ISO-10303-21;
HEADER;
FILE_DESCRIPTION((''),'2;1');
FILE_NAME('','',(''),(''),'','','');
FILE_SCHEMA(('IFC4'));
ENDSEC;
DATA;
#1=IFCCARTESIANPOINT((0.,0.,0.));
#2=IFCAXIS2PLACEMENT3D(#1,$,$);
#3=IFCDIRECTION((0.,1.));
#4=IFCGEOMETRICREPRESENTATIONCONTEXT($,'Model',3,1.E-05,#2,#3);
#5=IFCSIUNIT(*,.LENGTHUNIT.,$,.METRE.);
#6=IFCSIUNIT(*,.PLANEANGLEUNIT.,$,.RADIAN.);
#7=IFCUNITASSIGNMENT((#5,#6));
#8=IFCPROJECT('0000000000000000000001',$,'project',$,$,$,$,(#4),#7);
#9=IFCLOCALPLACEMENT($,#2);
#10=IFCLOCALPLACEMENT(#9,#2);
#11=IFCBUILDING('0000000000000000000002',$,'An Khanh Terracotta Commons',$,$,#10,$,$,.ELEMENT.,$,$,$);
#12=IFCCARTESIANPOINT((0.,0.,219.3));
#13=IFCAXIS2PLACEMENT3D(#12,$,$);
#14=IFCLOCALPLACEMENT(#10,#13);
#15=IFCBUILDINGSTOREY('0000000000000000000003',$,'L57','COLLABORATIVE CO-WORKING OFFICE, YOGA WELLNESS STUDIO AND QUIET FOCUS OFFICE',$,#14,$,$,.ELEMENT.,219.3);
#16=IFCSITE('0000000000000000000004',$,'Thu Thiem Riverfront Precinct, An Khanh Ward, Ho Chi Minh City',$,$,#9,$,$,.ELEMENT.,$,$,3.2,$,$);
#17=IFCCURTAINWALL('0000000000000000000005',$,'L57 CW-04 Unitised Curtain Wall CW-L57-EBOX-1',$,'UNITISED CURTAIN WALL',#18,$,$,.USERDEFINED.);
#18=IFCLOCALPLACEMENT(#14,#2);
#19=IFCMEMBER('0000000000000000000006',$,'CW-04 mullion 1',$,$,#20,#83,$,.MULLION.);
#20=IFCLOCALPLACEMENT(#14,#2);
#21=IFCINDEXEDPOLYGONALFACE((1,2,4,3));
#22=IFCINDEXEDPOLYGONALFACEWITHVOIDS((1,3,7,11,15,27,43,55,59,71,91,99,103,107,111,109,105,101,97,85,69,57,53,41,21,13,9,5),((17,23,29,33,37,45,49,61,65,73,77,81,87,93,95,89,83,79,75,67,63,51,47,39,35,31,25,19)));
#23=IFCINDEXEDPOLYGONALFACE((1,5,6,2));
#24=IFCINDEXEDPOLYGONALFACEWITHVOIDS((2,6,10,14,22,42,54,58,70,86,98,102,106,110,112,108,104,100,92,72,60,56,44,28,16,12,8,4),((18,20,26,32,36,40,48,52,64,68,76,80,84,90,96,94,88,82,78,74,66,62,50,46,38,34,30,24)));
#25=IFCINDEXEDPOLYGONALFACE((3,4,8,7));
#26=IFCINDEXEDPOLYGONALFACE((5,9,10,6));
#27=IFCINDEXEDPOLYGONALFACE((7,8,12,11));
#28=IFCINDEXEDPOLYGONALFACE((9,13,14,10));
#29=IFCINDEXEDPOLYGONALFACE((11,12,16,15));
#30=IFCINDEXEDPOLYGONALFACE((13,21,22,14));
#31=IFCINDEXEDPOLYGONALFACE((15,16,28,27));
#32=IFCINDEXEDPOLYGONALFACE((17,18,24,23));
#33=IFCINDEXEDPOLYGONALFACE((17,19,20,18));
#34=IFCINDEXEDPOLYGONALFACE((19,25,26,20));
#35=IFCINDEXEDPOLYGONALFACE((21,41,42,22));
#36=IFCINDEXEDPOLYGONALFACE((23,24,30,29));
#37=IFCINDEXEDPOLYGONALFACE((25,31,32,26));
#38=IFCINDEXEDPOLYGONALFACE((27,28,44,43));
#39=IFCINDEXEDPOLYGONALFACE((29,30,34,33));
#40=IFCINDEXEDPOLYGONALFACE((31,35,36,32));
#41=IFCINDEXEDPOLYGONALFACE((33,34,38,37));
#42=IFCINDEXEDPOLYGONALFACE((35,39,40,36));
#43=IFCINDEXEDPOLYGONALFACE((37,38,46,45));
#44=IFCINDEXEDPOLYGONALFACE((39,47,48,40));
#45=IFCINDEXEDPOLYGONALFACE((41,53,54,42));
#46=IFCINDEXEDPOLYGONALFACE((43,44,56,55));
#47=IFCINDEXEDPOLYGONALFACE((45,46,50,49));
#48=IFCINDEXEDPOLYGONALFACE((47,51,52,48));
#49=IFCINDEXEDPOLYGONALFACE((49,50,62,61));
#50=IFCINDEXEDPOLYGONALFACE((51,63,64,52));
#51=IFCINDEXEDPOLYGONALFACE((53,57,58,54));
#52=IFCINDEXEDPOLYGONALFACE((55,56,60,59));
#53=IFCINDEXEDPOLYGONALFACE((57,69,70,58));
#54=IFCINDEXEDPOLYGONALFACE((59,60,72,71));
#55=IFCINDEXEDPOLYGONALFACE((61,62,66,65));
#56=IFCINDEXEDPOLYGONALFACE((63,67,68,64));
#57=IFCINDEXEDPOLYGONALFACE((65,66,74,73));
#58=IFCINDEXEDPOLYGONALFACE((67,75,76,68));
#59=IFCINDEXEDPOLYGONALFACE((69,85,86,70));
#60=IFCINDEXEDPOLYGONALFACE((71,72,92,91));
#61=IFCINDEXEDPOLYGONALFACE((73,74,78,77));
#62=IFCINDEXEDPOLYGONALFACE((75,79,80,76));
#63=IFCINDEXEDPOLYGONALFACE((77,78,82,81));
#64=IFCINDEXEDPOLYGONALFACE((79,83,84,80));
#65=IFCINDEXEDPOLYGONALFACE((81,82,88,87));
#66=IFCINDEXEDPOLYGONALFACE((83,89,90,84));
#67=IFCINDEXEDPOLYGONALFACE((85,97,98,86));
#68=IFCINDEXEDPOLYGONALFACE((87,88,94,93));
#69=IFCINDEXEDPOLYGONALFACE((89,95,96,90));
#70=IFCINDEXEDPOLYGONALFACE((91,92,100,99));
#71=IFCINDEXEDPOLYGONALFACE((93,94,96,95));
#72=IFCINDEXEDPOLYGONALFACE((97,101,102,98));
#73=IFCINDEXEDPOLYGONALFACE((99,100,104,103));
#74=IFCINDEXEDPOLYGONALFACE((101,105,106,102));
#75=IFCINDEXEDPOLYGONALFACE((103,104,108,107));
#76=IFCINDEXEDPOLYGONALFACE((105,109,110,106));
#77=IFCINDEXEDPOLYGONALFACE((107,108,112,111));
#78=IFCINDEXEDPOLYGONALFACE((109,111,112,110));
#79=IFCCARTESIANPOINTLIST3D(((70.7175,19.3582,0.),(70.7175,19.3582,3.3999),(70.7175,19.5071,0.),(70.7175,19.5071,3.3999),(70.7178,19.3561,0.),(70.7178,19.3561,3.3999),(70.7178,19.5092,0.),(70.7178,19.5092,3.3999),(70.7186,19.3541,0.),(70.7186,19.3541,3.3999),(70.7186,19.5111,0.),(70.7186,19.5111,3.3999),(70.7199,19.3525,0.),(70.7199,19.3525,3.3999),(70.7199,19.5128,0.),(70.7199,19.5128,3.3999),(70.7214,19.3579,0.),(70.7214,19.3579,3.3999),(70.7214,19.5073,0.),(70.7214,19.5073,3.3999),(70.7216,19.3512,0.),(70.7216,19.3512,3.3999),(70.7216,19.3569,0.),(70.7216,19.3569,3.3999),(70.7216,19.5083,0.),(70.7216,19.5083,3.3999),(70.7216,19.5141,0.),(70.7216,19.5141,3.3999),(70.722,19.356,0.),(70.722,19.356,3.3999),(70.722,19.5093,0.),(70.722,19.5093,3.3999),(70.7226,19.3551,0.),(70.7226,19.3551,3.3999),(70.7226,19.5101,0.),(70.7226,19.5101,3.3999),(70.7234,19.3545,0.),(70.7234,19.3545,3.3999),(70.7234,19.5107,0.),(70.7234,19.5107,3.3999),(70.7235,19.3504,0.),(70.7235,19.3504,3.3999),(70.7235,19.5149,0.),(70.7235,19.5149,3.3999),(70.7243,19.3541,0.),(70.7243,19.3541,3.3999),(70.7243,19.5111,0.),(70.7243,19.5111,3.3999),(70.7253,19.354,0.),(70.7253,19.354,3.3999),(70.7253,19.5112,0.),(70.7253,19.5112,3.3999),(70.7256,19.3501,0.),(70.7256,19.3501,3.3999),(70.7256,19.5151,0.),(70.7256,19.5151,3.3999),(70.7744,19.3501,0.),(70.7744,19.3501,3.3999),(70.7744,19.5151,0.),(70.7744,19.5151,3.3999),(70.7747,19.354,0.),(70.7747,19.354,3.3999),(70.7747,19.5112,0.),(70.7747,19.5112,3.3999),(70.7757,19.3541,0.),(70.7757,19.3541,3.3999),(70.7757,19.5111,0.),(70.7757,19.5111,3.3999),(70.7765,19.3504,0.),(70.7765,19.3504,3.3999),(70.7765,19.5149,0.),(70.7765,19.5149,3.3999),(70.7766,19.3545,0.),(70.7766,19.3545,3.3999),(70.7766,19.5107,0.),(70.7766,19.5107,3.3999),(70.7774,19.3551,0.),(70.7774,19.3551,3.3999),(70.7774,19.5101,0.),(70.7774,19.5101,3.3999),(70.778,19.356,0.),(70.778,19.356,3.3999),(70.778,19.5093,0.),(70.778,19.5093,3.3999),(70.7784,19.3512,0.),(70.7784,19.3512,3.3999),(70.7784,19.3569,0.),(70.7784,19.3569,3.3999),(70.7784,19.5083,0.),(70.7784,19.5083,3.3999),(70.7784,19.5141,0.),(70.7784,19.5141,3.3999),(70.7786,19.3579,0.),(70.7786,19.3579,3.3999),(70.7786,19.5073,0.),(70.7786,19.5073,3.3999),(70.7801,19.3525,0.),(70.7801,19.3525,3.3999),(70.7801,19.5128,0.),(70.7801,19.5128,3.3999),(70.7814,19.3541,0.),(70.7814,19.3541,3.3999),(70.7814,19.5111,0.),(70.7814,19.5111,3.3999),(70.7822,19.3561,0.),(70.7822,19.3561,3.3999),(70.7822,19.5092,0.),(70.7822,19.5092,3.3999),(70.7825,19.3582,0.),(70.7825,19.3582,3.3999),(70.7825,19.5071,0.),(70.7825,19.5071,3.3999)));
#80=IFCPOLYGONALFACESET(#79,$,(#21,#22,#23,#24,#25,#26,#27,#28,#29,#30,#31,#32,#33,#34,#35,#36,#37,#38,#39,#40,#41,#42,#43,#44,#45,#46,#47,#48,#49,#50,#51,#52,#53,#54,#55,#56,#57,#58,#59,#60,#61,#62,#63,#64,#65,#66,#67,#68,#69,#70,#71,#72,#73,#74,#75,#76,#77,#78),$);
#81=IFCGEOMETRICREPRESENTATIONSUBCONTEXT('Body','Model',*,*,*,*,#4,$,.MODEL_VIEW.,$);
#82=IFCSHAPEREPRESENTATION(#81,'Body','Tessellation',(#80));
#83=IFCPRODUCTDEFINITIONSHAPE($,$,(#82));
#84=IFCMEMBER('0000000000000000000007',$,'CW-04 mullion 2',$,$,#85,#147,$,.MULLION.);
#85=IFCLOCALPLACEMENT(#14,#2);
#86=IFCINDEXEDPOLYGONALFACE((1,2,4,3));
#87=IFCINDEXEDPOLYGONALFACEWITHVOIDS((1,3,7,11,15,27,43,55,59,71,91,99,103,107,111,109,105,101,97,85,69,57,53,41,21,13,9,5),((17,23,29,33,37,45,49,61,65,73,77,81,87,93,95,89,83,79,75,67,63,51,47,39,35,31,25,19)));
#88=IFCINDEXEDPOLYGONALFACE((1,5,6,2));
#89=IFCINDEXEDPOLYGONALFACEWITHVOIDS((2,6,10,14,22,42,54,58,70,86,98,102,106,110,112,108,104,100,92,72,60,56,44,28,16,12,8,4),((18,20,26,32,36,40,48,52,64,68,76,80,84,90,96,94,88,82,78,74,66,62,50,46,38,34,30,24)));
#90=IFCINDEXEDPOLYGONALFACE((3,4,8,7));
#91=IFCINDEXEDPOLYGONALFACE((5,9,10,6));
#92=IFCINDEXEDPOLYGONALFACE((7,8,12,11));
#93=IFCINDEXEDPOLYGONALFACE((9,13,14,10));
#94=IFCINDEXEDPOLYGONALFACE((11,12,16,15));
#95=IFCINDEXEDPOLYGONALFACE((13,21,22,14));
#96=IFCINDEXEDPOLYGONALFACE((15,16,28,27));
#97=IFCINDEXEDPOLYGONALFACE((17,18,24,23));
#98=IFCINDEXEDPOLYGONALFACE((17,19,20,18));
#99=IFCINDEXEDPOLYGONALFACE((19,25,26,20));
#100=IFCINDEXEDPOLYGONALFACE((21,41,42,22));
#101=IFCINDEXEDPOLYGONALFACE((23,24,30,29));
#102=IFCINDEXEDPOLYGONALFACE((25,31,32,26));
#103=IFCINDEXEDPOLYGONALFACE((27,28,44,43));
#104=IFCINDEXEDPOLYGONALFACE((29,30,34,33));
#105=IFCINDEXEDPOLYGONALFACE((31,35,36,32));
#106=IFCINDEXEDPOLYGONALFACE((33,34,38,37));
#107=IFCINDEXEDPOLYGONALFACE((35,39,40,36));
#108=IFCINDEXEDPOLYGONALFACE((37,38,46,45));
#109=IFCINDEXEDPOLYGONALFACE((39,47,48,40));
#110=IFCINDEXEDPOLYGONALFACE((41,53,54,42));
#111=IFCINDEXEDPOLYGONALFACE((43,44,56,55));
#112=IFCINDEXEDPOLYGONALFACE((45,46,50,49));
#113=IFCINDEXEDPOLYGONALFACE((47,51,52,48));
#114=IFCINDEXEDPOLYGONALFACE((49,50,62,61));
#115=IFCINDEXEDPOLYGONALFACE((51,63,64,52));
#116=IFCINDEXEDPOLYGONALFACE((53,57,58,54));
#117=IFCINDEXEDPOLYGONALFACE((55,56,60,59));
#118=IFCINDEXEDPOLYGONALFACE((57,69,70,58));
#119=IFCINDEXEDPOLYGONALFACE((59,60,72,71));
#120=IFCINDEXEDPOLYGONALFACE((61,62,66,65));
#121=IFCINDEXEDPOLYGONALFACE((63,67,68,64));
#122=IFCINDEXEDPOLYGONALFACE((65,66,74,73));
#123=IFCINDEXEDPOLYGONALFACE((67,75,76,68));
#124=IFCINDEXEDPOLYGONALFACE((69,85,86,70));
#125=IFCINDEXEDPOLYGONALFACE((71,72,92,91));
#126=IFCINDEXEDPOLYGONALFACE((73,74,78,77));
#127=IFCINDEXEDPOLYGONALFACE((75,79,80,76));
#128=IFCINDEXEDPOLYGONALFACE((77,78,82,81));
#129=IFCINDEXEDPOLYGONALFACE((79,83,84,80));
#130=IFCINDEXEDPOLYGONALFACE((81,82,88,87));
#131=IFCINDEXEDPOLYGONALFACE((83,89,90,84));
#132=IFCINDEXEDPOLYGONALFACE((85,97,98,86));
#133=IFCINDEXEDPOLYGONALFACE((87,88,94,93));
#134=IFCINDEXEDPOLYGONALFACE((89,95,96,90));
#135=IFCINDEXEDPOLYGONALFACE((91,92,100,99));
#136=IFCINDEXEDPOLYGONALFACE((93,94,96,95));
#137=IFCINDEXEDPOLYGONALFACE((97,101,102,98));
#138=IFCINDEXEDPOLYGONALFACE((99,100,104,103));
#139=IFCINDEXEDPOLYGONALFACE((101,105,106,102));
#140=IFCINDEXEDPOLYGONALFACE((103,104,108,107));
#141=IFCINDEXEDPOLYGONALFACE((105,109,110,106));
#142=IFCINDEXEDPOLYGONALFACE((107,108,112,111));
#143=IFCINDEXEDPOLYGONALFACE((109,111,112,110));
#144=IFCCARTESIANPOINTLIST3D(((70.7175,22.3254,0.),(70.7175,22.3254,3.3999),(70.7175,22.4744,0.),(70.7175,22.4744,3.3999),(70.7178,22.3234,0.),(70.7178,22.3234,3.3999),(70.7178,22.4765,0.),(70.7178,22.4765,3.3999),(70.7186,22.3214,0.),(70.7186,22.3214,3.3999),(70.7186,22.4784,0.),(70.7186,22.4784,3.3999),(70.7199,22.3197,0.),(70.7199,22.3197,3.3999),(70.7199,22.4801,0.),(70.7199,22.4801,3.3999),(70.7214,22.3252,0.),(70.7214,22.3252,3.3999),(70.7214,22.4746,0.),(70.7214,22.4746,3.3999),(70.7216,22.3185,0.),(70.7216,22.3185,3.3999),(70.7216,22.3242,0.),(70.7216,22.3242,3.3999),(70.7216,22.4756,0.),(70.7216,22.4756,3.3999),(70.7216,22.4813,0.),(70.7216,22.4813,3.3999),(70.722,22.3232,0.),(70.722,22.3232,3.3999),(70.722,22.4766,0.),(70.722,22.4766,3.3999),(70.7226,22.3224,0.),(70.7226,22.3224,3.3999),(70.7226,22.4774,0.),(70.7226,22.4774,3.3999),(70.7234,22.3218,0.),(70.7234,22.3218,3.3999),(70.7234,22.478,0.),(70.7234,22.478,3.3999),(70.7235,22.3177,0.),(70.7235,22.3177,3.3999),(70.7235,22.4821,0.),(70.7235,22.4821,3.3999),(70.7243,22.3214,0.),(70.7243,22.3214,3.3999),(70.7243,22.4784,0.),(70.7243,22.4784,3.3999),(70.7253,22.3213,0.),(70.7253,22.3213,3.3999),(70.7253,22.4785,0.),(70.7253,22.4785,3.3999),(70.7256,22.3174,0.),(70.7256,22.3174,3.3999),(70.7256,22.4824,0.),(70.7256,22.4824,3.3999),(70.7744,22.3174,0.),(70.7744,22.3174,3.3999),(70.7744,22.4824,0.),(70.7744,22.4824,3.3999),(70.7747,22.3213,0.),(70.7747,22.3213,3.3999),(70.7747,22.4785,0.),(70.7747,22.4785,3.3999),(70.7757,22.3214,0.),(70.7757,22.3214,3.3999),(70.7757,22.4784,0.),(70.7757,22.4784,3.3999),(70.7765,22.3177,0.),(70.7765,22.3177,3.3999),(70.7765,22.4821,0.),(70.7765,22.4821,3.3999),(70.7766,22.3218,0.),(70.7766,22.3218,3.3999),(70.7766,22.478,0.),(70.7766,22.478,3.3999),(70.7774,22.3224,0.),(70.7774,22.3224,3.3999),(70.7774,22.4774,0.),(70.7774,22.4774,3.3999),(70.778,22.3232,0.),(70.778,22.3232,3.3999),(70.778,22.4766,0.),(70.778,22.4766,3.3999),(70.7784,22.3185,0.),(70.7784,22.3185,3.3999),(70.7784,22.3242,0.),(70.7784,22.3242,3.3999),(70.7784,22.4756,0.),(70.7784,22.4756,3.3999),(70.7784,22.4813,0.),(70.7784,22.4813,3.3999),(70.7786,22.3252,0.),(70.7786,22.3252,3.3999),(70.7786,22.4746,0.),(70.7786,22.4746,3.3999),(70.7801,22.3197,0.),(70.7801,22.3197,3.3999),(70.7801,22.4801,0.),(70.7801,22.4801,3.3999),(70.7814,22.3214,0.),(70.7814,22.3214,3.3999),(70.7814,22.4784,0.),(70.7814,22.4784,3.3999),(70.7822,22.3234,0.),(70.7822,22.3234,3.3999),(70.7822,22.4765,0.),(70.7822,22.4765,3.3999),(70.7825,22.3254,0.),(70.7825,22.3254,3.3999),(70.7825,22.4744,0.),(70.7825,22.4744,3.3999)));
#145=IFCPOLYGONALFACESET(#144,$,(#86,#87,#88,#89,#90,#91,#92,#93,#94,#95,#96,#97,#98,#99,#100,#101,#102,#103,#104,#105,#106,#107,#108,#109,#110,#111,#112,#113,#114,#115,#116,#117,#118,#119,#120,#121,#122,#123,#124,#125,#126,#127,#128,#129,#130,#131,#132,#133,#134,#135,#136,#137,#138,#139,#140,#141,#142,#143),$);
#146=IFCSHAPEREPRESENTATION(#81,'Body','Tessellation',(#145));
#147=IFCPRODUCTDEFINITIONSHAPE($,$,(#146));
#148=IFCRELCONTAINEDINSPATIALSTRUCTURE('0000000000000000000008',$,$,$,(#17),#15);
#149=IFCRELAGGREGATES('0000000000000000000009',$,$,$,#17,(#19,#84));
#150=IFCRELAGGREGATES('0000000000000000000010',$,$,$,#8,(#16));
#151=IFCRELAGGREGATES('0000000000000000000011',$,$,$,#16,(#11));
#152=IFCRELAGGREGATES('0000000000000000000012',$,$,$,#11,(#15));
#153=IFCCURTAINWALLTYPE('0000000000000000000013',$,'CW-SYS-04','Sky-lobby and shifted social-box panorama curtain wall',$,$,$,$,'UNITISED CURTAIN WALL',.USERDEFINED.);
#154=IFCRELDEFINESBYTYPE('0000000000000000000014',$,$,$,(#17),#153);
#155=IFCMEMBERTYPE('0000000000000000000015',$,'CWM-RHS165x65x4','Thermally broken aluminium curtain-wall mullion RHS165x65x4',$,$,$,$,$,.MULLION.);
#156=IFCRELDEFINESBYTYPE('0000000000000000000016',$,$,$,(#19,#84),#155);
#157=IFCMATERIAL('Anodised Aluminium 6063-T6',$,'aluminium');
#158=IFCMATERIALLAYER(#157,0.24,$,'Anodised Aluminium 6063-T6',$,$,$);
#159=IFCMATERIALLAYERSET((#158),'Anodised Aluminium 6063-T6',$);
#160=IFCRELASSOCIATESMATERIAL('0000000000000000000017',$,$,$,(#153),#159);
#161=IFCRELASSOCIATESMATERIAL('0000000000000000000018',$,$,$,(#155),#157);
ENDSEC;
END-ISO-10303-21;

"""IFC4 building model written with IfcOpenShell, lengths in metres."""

from ifc_helpers import new_model, si_unit, direction, frame, origin, origin_2d, place, context, subcontext, project, spatial, hollow_rectangle, extrude, material, layer, layer_set, material_profile, profile_set, type_object, element, aggregate, save


model = new_model("IFC4")

# Units and contexts
model_context = context("Model", 3, precision=1e-05, world=origin(), true_north=direction((0.0, 1.0)))
body_context = subcontext(model_context, "Body", "Model", "MODEL_VIEW")
ifc_project = project(units=[si_unit("LENGTHUNIT", "METRE"), si_unit("PLANEANGLEUNIT", "RADIAN")], contexts=[model_context])

# Site, building, storey
site_placement = place(None, origin())
site = spatial("IfcSite", under=ifc_project, at=site_placement, Name="Thu Thiem Riverfront Precinct, An Khanh Ward, Ho Chi Minh City", CompositionType="ELEMENT", RefElevation=3.2)
building_placement = place(site_placement, origin())
building = spatial("IfcBuilding", under=site, at=building_placement, Name="An Khanh Terracotta Commons", CompositionType="ELEMENT")
storey_placement = place(building_placement, frame((0.0, 0.0, 219.3)))
storey = spatial("IfcBuildingStorey", under=building, at=storey_placement, Name="L57", Description="COLLABORATIVE CO-WORKING OFFICE, YOGA WELLNESS STUDIO AND QUIET FOCUS OFFICE", CompositionType="ELEMENT", Elevation=219.3)

# Curtain wall, members
ifc_material_1 = material(Name="Anodised Aluminium 6063-T6", Category="aluminium")
ifc_layer_1 = layer(ifc_material_1, 0.24, Name="Anodised Aluminium 6063-T6")
ifc_layer_set_1 = layer_set([ifc_layer_1], Name="Anodised Aluminium 6063-T6")
curtain_wall_type_1 = type_object("IfcCurtainWallType", Name="CW-SYS-04", Description="Sky-lobby and shifted social-box panorama curtain wall", ElementType="UNITISED CURTAIN WALL", PredefinedType="USERDEFINED", material=ifc_layer_set_1)
curtain_wall_1_placement = place(storey_placement, origin())
curtain_wall_1 = element("IfcCurtainWall", 1, at=curtain_wall_1_placement, inside=storey, type_object=curtain_wall_type_1, Name="L57 CW-04 Unitised Curtain Wall CW-L57-EBOX-1", ObjectType="UNITISED CURTAIN WALL", PredefinedType="USERDEFINED")
ifc_material_profile_1 = material_profile(ifc_material_1, hollow_rectangle(XDim=0.0649, YDim=0.165, WallThickness=0.0039, InnerFilletRadius=0.0039, OuterFilletRadius=0.0081, at=origin_2d()), Name="RHS165x65x4")
ifc_profile_set_1 = profile_set([ifc_material_profile_1], Name="Anodised Aluminium 6063-T6")
member_type_1 = type_object("IfcMemberType", Name="CWM-RHS165x65x4", Description="Thermally broken aluminium curtain-wall mullion RHS165x65x4", PredefinedType="MULLION", material=ifc_profile_set_1)
member_1_placement = place(storey_placement, frame((70.75, 19.4326, 0.0), z_axis=(0.0, 0.0, 1.0), x_axis=(-1.0, 0.0, 0.0)))
member_1 = element("IfcMember", 2, at=member_1_placement, type_object=member_type_1, Name="CW-04 mullion 1", PredefinedType="MULLION", context=body_context, shape_type="SweptSolid", body=[
    extrude(hollow_rectangle(XDim=0.0649, YDim=0.165, WallThickness=0.0039, InnerFilletRadius=0.0039, OuterFilletRadius=0.0081, at=origin_2d()), origin(), (0.0, 0.0, 1.0), 3.3999),
])
member_2_placement = place(storey_placement, frame((70.75, 22.3999, 0.0), z_axis=(0.0, 0.0, 1.0), x_axis=(-1.0, 0.0, 0.0)))
member_2 = element("IfcMember", 3, at=member_2_placement, type_object=member_type_1, Name="CW-04 mullion 2", PredefinedType="MULLION", context=body_context, shape_type="SweptSolid", body=[
    extrude(hollow_rectangle(XDim=0.0649, YDim=0.165, WallThickness=0.0039, InnerFilletRadius=0.0039, OuterFilletRadius=0.0081, at=origin_2d()), origin(), (0.0, 0.0, 1.0), 3.3999),
])

aggregate(curtain_wall_1, [member_1, member_2])

save(model, "model.ifc")
